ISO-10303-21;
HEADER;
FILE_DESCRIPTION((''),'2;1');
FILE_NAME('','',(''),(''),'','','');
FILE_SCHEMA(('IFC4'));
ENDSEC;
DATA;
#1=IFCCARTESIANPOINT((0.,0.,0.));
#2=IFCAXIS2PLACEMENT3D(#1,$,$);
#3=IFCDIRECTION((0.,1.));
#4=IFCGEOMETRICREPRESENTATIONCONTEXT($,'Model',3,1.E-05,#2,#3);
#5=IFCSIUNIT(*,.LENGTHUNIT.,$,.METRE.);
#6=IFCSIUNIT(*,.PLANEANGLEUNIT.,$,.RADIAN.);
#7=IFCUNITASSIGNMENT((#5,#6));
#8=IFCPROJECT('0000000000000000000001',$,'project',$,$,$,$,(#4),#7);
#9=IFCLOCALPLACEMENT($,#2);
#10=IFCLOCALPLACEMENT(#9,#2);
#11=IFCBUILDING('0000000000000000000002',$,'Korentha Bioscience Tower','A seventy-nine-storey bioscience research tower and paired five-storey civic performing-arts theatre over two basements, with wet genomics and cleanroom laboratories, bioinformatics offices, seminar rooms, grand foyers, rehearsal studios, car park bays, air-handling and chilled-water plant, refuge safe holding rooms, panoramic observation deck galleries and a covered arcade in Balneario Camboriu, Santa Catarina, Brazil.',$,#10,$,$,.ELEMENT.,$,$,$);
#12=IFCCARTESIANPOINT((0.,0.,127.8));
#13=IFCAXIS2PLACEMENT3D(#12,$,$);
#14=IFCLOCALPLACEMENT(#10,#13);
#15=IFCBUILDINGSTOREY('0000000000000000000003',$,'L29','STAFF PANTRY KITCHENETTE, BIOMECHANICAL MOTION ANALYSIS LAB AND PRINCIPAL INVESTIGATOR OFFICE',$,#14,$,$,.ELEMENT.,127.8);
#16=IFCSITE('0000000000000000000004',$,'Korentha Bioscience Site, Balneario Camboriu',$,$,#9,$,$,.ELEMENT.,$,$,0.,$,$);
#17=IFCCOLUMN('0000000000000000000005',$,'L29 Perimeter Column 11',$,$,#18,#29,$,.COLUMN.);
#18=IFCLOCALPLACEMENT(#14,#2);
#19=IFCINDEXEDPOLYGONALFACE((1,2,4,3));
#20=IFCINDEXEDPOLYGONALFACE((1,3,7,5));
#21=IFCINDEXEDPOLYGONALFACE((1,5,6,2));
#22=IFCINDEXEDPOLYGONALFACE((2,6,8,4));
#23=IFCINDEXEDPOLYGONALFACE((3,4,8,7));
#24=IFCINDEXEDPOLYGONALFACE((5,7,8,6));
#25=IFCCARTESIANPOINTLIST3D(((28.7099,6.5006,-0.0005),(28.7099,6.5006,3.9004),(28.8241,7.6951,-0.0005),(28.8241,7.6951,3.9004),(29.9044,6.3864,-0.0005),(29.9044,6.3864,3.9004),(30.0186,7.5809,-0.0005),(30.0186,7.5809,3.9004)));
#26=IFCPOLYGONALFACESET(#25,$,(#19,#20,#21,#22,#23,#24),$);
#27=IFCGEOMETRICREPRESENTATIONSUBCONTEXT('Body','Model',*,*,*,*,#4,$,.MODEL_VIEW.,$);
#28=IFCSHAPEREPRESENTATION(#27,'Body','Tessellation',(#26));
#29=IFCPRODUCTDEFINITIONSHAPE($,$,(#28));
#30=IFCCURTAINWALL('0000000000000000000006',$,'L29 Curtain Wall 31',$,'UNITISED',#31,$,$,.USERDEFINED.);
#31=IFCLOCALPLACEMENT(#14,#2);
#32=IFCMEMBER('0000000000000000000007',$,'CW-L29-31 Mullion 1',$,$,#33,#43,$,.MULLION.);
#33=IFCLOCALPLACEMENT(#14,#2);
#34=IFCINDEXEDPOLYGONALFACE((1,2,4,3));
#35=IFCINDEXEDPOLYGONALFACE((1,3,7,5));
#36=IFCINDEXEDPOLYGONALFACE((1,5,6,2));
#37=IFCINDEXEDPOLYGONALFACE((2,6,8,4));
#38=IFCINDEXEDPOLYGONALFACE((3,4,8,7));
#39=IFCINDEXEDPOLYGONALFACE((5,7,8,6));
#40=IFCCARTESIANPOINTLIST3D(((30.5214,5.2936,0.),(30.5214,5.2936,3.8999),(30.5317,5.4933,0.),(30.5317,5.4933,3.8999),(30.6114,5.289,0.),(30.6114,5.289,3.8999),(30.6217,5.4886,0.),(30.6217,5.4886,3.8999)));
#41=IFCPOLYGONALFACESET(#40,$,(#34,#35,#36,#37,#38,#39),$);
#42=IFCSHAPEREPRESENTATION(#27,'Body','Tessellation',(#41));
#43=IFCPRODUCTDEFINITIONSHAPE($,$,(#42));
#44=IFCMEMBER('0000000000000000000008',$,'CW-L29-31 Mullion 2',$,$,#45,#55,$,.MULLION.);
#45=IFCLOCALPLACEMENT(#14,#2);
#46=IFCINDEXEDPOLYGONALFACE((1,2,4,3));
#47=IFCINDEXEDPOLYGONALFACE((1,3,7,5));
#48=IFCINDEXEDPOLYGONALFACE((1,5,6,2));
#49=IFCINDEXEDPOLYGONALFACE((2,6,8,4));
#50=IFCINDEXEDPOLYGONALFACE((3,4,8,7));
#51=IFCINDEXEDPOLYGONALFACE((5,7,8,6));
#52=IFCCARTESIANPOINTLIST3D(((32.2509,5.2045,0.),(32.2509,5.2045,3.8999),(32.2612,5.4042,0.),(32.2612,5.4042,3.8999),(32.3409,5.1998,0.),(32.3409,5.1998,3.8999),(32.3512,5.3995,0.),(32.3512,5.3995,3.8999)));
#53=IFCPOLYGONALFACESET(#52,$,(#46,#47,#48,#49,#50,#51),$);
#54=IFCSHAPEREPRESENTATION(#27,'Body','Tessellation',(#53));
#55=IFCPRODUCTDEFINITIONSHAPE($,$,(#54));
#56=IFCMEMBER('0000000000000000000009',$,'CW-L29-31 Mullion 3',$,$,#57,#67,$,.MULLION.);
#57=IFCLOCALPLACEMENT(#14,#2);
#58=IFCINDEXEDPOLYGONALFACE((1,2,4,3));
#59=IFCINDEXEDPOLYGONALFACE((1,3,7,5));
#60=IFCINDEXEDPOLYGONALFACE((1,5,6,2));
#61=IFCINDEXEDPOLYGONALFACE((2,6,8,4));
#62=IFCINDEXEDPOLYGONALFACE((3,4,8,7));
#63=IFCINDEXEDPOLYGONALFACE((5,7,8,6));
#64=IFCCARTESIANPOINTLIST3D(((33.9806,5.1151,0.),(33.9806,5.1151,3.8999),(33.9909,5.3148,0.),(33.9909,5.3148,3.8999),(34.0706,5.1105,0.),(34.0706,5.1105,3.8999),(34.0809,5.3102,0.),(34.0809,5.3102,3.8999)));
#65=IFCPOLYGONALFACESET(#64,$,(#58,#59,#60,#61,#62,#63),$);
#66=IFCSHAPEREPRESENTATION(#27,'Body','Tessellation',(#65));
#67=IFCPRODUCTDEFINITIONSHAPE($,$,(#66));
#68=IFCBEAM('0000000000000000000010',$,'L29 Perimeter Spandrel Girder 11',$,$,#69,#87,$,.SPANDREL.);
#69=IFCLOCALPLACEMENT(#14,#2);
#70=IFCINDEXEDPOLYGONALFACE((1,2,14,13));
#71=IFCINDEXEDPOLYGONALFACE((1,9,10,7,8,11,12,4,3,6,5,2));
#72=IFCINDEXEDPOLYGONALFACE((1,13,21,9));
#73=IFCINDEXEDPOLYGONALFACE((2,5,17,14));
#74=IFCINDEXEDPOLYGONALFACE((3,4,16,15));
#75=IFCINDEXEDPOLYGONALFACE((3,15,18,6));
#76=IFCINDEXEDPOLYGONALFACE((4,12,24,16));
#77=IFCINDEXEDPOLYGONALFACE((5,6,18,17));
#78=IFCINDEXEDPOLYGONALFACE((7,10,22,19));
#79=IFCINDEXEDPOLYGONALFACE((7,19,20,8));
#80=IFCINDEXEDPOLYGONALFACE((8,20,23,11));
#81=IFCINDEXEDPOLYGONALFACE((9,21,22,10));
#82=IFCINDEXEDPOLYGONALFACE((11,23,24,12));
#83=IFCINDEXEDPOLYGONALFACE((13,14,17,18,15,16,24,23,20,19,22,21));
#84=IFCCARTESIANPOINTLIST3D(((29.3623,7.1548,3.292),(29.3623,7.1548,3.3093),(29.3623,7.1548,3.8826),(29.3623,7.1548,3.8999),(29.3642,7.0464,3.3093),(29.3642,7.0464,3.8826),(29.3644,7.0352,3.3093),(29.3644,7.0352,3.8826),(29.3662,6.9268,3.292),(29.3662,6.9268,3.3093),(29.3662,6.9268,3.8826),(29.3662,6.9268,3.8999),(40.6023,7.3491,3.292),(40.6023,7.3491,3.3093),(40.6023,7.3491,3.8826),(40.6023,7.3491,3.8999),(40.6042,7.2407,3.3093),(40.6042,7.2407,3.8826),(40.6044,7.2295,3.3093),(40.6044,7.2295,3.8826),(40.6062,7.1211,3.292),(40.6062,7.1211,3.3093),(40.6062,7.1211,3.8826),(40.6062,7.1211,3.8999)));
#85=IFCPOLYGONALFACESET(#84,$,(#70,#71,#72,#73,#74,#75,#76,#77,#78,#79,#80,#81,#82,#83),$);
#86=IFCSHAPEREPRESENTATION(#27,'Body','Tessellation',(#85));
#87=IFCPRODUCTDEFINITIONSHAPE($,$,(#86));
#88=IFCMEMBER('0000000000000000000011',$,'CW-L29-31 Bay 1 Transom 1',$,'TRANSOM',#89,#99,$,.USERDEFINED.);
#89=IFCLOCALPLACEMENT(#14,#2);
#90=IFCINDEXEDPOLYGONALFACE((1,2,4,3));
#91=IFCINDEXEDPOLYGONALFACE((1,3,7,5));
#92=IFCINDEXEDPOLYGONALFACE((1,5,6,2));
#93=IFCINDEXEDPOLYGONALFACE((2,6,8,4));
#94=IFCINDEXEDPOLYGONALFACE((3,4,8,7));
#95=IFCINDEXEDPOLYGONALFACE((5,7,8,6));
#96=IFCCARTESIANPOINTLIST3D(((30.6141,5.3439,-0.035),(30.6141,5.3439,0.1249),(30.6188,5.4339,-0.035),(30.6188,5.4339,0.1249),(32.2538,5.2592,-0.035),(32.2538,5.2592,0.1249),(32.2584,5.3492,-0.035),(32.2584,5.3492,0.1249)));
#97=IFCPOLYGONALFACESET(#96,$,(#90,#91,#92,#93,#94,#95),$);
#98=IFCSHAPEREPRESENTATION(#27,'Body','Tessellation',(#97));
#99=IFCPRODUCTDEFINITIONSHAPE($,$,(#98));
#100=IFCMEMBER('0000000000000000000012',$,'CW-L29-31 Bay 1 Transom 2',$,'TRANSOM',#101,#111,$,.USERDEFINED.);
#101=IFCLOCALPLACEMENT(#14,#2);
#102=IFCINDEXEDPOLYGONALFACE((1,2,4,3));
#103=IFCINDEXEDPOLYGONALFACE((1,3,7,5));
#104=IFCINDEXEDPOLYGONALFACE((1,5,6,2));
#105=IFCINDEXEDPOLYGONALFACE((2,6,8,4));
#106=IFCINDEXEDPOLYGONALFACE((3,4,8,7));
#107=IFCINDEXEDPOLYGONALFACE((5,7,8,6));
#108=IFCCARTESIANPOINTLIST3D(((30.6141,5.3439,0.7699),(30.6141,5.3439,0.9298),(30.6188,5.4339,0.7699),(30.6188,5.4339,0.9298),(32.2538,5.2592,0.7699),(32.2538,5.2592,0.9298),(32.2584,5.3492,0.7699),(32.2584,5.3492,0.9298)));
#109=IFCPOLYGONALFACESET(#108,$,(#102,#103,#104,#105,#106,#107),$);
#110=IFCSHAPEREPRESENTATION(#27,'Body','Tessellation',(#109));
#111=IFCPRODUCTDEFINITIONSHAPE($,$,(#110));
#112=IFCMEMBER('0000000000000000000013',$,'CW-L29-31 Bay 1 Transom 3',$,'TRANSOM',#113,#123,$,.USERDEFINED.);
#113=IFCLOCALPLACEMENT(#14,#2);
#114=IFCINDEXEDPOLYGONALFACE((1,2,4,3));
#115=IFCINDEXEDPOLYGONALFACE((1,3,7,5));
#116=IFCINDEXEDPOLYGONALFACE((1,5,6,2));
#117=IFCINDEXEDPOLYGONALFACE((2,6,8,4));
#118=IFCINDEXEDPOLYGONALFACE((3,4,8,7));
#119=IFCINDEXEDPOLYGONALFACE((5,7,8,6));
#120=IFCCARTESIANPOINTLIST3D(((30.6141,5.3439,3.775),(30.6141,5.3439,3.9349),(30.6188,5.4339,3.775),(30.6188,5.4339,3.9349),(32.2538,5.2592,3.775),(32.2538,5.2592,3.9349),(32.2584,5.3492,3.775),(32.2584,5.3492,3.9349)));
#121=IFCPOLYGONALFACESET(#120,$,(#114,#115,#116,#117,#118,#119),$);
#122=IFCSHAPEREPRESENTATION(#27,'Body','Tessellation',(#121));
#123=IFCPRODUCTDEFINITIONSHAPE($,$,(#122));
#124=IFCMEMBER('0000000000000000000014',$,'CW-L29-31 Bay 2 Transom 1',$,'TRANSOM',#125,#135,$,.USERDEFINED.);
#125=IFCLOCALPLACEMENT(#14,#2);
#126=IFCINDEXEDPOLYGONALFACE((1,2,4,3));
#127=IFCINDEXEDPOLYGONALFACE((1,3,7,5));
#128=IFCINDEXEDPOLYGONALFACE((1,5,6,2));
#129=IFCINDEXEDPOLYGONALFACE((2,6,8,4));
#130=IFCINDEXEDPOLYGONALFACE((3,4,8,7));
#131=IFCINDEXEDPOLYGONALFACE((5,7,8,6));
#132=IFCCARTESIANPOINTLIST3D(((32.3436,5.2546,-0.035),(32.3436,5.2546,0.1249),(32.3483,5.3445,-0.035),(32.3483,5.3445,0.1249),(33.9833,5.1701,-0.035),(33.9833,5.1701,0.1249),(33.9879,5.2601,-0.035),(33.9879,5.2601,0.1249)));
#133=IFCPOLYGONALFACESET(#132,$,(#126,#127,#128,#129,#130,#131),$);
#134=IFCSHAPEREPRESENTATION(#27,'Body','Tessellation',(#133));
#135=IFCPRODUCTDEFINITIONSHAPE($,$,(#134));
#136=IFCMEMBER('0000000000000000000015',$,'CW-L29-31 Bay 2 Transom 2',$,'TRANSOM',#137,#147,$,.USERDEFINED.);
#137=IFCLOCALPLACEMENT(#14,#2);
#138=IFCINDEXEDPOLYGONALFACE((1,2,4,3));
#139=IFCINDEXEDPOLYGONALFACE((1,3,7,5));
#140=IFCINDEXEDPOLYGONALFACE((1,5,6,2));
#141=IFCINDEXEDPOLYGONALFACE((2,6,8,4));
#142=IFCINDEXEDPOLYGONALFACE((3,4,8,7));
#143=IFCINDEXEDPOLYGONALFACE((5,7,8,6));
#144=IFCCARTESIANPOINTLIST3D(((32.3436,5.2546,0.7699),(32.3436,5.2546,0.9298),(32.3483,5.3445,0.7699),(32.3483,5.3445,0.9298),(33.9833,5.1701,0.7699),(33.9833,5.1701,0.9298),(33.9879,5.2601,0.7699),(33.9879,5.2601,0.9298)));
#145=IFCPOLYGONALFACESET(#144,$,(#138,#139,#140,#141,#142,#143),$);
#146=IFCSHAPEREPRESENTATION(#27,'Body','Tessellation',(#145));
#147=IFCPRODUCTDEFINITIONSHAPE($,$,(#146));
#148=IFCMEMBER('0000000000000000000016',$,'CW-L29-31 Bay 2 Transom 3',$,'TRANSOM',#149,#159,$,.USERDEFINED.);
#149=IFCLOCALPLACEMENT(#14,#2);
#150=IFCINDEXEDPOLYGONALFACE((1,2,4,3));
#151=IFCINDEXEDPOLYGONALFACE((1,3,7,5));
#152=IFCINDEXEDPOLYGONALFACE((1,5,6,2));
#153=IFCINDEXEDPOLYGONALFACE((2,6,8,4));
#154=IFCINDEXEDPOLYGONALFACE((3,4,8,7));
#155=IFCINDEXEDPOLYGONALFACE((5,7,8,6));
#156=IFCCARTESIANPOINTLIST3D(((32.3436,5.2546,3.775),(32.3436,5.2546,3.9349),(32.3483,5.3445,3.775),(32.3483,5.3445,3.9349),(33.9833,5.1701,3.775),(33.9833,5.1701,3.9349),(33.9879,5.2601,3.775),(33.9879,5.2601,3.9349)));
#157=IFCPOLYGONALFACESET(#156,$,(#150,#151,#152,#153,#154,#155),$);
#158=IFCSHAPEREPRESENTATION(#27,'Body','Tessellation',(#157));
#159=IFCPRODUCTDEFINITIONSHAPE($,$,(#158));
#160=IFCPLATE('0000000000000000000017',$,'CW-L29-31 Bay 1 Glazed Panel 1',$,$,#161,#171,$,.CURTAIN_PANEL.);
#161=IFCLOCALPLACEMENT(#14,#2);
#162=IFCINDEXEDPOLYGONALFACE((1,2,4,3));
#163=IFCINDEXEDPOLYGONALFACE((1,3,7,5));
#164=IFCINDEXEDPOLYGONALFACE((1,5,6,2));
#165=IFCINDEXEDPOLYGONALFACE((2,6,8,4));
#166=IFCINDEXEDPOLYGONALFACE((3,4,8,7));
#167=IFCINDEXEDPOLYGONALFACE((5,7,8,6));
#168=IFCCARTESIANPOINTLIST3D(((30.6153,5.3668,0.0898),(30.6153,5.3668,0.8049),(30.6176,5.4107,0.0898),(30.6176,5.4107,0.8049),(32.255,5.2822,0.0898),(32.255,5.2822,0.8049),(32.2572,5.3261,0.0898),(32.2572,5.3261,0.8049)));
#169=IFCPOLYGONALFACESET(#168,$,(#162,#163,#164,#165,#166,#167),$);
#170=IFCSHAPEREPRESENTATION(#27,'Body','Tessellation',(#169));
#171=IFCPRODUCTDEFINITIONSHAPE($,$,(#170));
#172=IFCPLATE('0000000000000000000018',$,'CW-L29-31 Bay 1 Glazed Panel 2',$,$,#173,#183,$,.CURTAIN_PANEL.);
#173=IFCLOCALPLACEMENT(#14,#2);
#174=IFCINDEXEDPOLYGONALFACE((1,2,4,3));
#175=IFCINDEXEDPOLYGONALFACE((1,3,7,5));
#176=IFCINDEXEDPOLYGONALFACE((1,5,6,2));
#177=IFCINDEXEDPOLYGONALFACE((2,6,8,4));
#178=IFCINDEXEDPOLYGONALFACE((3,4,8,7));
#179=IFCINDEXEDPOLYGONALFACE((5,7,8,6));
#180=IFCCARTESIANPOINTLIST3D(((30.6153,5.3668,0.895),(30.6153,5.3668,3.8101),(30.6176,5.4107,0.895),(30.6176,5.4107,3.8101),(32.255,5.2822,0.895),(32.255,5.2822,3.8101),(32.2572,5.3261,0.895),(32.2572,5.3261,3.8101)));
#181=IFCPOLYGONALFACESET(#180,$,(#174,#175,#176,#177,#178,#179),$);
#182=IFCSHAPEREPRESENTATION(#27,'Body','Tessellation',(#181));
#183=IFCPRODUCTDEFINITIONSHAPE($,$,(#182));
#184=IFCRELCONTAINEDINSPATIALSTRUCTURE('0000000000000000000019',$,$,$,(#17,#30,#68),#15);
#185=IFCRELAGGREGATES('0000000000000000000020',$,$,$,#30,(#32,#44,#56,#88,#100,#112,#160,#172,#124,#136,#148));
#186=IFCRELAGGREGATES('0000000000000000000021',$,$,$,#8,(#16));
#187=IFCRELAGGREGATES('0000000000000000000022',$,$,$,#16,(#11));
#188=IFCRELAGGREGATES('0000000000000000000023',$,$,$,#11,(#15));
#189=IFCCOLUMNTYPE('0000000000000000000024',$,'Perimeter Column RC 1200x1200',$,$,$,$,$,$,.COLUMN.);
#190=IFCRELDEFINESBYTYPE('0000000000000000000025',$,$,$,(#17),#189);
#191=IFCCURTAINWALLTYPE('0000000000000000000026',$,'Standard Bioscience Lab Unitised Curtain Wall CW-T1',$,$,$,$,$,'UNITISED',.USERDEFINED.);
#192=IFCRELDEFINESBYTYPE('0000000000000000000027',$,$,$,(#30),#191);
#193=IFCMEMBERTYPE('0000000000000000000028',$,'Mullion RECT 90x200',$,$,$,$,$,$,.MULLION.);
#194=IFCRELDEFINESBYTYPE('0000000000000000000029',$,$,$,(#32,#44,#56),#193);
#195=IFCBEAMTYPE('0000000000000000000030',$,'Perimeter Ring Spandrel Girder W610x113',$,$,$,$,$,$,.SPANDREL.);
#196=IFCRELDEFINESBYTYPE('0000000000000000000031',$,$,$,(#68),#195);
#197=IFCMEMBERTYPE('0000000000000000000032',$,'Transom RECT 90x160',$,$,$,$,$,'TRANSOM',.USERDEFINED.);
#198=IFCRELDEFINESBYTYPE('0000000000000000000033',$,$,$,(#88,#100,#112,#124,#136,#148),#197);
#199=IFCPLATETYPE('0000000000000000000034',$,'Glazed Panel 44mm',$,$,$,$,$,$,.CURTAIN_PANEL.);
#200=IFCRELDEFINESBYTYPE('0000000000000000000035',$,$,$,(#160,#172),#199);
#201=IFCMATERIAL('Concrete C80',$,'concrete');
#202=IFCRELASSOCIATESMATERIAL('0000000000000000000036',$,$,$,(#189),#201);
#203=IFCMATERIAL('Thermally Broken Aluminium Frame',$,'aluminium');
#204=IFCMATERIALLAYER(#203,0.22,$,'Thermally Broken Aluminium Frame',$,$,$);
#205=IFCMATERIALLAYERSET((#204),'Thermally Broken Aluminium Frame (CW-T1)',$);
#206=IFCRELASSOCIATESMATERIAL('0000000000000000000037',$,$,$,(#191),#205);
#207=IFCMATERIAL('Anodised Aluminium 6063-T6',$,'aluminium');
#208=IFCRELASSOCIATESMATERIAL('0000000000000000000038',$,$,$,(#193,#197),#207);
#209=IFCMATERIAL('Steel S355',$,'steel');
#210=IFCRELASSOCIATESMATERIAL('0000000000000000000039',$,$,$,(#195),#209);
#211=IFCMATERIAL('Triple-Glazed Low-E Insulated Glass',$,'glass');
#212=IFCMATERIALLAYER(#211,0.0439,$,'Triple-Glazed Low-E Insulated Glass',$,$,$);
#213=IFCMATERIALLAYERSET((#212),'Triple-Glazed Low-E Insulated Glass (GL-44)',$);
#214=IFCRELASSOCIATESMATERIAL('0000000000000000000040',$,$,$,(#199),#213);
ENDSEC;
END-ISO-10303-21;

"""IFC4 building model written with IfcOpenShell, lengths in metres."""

from ifc_helpers import new_model, si_unit, direction, frame, origin, origin_2d, place, context, subcontext, project, spatial, rectangle, i_section, extrude, material, layer, layer_set, material_profile, profile_set, type_object, element, aggregate, save


model = new_model("IFC4")

# Units and contexts
model_context = context("Model", 3, precision=1e-05, world=origin(), true_north=direction((0.0, 1.0)))
body_context = subcontext(model_context, "Body", "Model", "MODEL_VIEW")
ifc_project = project(units=[si_unit("LENGTHUNIT", "METRE"), si_unit("PLANEANGLEUNIT", "RADIAN")], contexts=[model_context])

# Site, building, storey
site_placement = place(None, origin())
site = spatial("IfcSite", under=ifc_project, at=site_placement, Name="Korentha Bioscience Site, Balneario Camboriu", CompositionType="ELEMENT", RefElevation=0.0)
building_placement = place(site_placement, origin())
building = spatial("IfcBuilding", under=site, at=building_placement, Name="Korentha Bioscience Tower", Description="A seventy-nine-storey bioscience research tower and paired five-storey civic performing-arts theatre over two basements, with wet genomics and cleanroom laboratories, bioinformatics offices, seminar rooms, grand foyers, rehearsal studios, car park bays, air-handling and chilled-water plant, refuge safe holding rooms, panoramic observation deck galleries and a covered arcade in Balneario Camboriu, Santa Catarina, Brazil.", CompositionType="ELEMENT")
storey_placement = place(building_placement, frame((0.0, 0.0, 127.8)))
storey = spatial("IfcBuildingStorey", under=building, at=storey_placement, Name="L29", Description="STAFF PANTRY KITCHENETTE, BIOMECHANICAL MOTION ANALYSIS LAB AND PRINCIPAL INVESTIGATOR OFFICE", CompositionType="ELEMENT", Elevation=127.8)

# Column
ifc_material_1 = material(Name="Concrete C80", Category="concrete")
ifc_material_profile_1 = material_profile(ifc_material_1, rectangle(XDim=1.2, YDim=1.2, at=origin_2d()), Name="Concrete C80")
ifc_profile_set_1 = profile_set([ifc_material_profile_1], Name="Concrete C80 (COL-P12)")
column_type = type_object("IfcColumnType", Name="Perimeter Column RC 1200x1200", PredefinedType="COLUMN", material=ifc_profile_set_1)
column_placement = place(storey_placement, frame((29.3643, 7.0408, -0.0005), z_axis=(0.0, 0.0, 1.0), x_axis=(-0.995463, 0.095151, 0.0)))
element("IfcColumn", 1, at=column_placement, inside=storey, type_object=column_type, Name="L29 Perimeter Column 11", PredefinedType="COLUMN", context=body_context, shape_type="SweptSolid", body=[
    extrude(rectangle(XDim=1.2, YDim=1.2, at=origin_2d()), origin(), (0.0, 0.0, 1.0), 3.9009),
])

# Curtain wall, members
ifc_material_2 = material(Name="Thermally Broken Aluminium Frame", Category="aluminium")
ifc_layer_1 = layer(ifc_material_2, 0.22, Name="Thermally Broken Aluminium Frame")
ifc_layer_set_1 = layer_set([ifc_layer_1], Name="Thermally Broken Aluminium Frame (CW-T1)")
curtain_wall_type = type_object("IfcCurtainWallType", Name="Standard Bioscience Lab Unitised Curtain Wall CW-T1", ElementType="UNITISED", PredefinedType="USERDEFINED", material=ifc_layer_set_1)
curtain_wall_placement = place(storey_placement, origin())
curtain_wall = element("IfcCurtainWall", 2, at=curtain_wall_placement, inside=storey, type_object=curtain_wall_type, Name="L29 Curtain Wall 31", ObjectType="UNITISED", PredefinedType="USERDEFINED")
ifc_material_3 = material(Name="Anodised Aluminium 6063-T6", Category="aluminium")
ifc_material_profile_2 = material_profile(ifc_material_3, rectangle(XDim=0.0901, YDim=0.2, at=origin_2d()), Name="Anodised Aluminium 6063-T6")
ifc_profile_set_2 = profile_set([ifc_material_profile_2], Name="Anodised Aluminium 6063-T6 (CW-MUL)")
member_type_1 = type_object("IfcMemberType", Name="Mullion RECT 90x200", PredefinedType="MULLION", material=ifc_profile_set_2)
member_1_placement = place(storey_placement, frame((30.5715, 5.3911, 0.0), z_axis=(0.0, 0.0, 1.0), x_axis=(0.998673, -0.051495, 0.0)))
member_1 = element("IfcMember", 3, at=member_1_placement, type_object=member_type_1, Name="CW-L29-31 Mullion 1", PredefinedType="MULLION", context=body_context, shape_type="SweptSolid", body=[
    extrude(rectangle(XDim=0.0901, YDim=0.2, at=origin_2d()), origin(), (0.0, 0.0, 1.0), 3.8999),
])
member_2_placement = place(storey_placement, frame((32.301, 5.302, 0.0), z_axis=(0.0, 0.0, 1.0), x_axis=(0.998673, -0.051495, 0.0)))
member_2 = element("IfcMember", 4, at=member_2_placement, type_object=member_type_1, Name="CW-L29-31 Mullion 2", PredefinedType="MULLION", context=body_context, shape_type="SweptSolid", body=[
    extrude(rectangle(XDim=0.0901, YDim=0.2, at=origin_2d()), origin(), (0.0, 0.0, 1.0), 3.8999),
])
member_3_placement = place(storey_placement, frame((34.0308, 5.2126, 0.0), z_axis=(0.0, 0.0, 1.0), x_axis=(0.998673, -0.051495, 0.0)))
member_3 = element("IfcMember", 5, at=member_3_placement, type_object=member_type_1, Name="CW-L29-31 Mullion 3", PredefinedType="MULLION", context=body_context, shape_type="SweptSolid", body=[
    extrude(rectangle(XDim=0.0901, YDim=0.2, at=origin_2d()), origin(), (0.0, 0.0, 1.0), 3.8999),
])

# Beam
ifc_material_4 = material(Name="Steel S355", Category="steel")
ifc_material_profile_3 = material_profile(ifc_material_4, i_section(OverallWidth=0.228, OverallDepth=0.6079, WebThickness=0.0112, FlangeThickness=0.0173, at=origin_2d()), Name="Steel S355")
ifc_profile_set_3 = profile_set([ifc_material_profile_3], Name="Steel S355 (SB-610)")
beam_type = type_object("IfcBeamType", Name="Perimeter Ring Spandrel Girder W610x113", PredefinedType="SPANDREL", material=ifc_profile_set_3)
beam_placement = place(storey_placement, frame((29.3643, 7.0408, 3.5959), z_axis=(0.999851, 0.017287, 0.0), x_axis=(-0.017287, 0.999851, 0.0)))
element("IfcBeam", 6, at=beam_placement, inside=storey, type_object=beam_type, Name="L29 Perimeter Spandrel Girder 11", PredefinedType="SPANDREL", context=body_context, shape_type="SweptSolid", body=[
    extrude(i_section(OverallWidth=0.228, OverallDepth=0.6079, WebThickness=0.0112, FlangeThickness=0.0173, at=origin_2d()), origin(), (0.0, 0.0, 1.0), 11.2417),
])

# Members
ifc_material_profile_4 = material_profile(ifc_material_3, rectangle(XDim=0.0901, YDim=0.1599, at=origin_2d()), Name="Anodised Aluminium 6063-T6")
ifc_profile_set_4 = profile_set([ifc_material_profile_4], Name="Anodised Aluminium 6063-T6 (CW-TRN)")
member_type_2 = type_object("IfcMemberType", Name="Transom RECT 90x160", ElementType="TRANSOM", PredefinedType="USERDEFINED", material=ifc_profile_set_4)
member_4_placement = place(storey_placement, frame((30.6165, 5.3889, 0.0449), z_axis=(0.998668, -0.051599, 0.0), x_axis=(0.051599, 0.998668, 0.0)))
member_4 = element("IfcMember", 7, at=member_4_placement, type_object=member_type_2, Name="CW-L29-31 Bay 1 Transom 1", ObjectType="TRANSOM", PredefinedType="USERDEFINED", context=body_context, shape_type="SweptSolid", body=[
    extrude(rectangle(XDim=0.0901, YDim=0.1599, at=origin_2d()), origin(), (0.0, 0.0, 1.0), 1.6418),
])
member_5_placement = place(storey_placement, frame((30.6165, 5.3889, 0.8499), z_axis=(0.998668, -0.051599, 0.0), x_axis=(0.051599, 0.998668, 0.0)))
member_5 = element("IfcMember", 8, at=member_5_placement, type_object=member_type_2, Name="CW-L29-31 Bay 1 Transom 2", ObjectType="TRANSOM", PredefinedType="USERDEFINED", context=body_context, shape_type="SweptSolid", body=[
    extrude(rectangle(XDim=0.0901, YDim=0.1599, at=origin_2d()), origin(), (0.0, 0.0, 1.0), 1.6418),
])
member_6_placement = place(storey_placement, frame((30.6165, 5.3889, 3.855), z_axis=(0.998668, -0.051599, 0.0), x_axis=(0.051599, 0.998668, 0.0)))
member_6 = element("IfcMember", 9, at=member_6_placement, type_object=member_type_2, Name="CW-L29-31 Bay 1 Transom 3", ObjectType="TRANSOM", PredefinedType="USERDEFINED", context=body_context, shape_type="SweptSolid", body=[
    extrude(rectangle(XDim=0.0901, YDim=0.1599, at=origin_2d()), origin(), (0.0, 0.0, 1.0), 1.6418),
])
member_7_placement = place(storey_placement, frame((32.3459, 5.2996, 0.0449), z_axis=(0.998676, -0.051451, 0.0), x_axis=(0.051451, 0.998676, 0.0)))
member_7 = element("IfcMember", 10, at=member_7_placement, type_object=member_type_2, Name="CW-L29-31 Bay 2 Transom 1", ObjectType="TRANSOM", PredefinedType="USERDEFINED", context=body_context, shape_type="SweptSolid", body=[
    extrude(rectangle(XDim=0.0901, YDim=0.1599, at=origin_2d()), origin(), (0.0, 0.0, 1.0), 1.6418),
])
member_8_placement = place(storey_placement, frame((32.3459, 5.2996, 0.8499), z_axis=(0.998676, -0.051451, 0.0), x_axis=(0.051451, 0.998676, 0.0)))
member_8 = element("IfcMember", 11, at=member_8_placement, type_object=member_type_2, Name="CW-L29-31 Bay 2 Transom 2", ObjectType="TRANSOM", PredefinedType="USERDEFINED", context=body_context, shape_type="SweptSolid", body=[
    extrude(rectangle(XDim=0.0901, YDim=0.1599, at=origin_2d()), origin(), (0.0, 0.0, 1.0), 1.6418),
])
member_9_placement = place(storey_placement, frame((32.3459, 5.2996, 3.855), z_axis=(0.998676, -0.051451, 0.0), x_axis=(0.051451, 0.998676, 0.0)))
member_9 = element("IfcMember", 12, at=member_9_placement, type_object=member_type_2, Name="CW-L29-31 Bay 2 Transom 3", ObjectType="TRANSOM", PredefinedType="USERDEFINED", context=body_context, shape_type="SweptSolid", body=[
    extrude(rectangle(XDim=0.0901, YDim=0.1599, at=origin_2d()), origin(), (0.0, 0.0, 1.0), 1.6418),
])

# Plates
ifc_material_5 = material(Name="Triple-Glazed Low-E Insulated Glass", Category="glass")
ifc_layer_2 = layer(ifc_material_5, 0.0439, Name="Triple-Glazed Low-E Insulated Glass")
ifc_layer_set_2 = layer_set([ifc_layer_2], Name="Triple-Glazed Low-E Insulated Glass (GL-44)")
plate_type = type_object("IfcPlateType", Name="Glazed Panel 44mm", PredefinedType="CURTAIN_PANEL", material=ifc_layer_set_2)
plate_1_placement = place(storey_placement, frame((31.4363, 5.3464, 0.0898), z_axis=(0.0, 0.0, 1.0), x_axis=(0.998673, -0.051495, 0.0)))
plate_1 = element("IfcPlate", 13, at=plate_1_placement, type_object=plate_type, Name="CW-L29-31 Bay 1 Glazed Panel 1", PredefinedType="CURTAIN_PANEL", context=body_context, shape_type="SweptSolid", body=[
    extrude(rectangle(XDim=1.6418, YDim=0.0439, at=origin_2d()), origin(), (0.0, 0.0, 1.0), 0.7151),
])
plate_2_placement = place(storey_placement, frame((31.4363, 5.3464, 0.895), z_axis=(0.0, 0.0, 1.0), x_axis=(0.998673, -0.051495, 0.0)))
plate_2 = element("IfcPlate", 14, at=plate_2_placement, type_object=plate_type, Name="CW-L29-31 Bay 1 Glazed Panel 2", PredefinedType="CURTAIN_PANEL", context=body_context, shape_type="SweptSolid", body=[
    extrude(rectangle(XDim=1.6418, YDim=0.0439, at=origin_2d()), origin(), (0.0, 0.0, 1.0), 2.915),
])
aggregate(curtain_wall, [member_1, member_2, member_3, member_4, member_5, member_6, plate_1, plate_2, member_7, member_8, member_9])

save(model, "model.ifc")
